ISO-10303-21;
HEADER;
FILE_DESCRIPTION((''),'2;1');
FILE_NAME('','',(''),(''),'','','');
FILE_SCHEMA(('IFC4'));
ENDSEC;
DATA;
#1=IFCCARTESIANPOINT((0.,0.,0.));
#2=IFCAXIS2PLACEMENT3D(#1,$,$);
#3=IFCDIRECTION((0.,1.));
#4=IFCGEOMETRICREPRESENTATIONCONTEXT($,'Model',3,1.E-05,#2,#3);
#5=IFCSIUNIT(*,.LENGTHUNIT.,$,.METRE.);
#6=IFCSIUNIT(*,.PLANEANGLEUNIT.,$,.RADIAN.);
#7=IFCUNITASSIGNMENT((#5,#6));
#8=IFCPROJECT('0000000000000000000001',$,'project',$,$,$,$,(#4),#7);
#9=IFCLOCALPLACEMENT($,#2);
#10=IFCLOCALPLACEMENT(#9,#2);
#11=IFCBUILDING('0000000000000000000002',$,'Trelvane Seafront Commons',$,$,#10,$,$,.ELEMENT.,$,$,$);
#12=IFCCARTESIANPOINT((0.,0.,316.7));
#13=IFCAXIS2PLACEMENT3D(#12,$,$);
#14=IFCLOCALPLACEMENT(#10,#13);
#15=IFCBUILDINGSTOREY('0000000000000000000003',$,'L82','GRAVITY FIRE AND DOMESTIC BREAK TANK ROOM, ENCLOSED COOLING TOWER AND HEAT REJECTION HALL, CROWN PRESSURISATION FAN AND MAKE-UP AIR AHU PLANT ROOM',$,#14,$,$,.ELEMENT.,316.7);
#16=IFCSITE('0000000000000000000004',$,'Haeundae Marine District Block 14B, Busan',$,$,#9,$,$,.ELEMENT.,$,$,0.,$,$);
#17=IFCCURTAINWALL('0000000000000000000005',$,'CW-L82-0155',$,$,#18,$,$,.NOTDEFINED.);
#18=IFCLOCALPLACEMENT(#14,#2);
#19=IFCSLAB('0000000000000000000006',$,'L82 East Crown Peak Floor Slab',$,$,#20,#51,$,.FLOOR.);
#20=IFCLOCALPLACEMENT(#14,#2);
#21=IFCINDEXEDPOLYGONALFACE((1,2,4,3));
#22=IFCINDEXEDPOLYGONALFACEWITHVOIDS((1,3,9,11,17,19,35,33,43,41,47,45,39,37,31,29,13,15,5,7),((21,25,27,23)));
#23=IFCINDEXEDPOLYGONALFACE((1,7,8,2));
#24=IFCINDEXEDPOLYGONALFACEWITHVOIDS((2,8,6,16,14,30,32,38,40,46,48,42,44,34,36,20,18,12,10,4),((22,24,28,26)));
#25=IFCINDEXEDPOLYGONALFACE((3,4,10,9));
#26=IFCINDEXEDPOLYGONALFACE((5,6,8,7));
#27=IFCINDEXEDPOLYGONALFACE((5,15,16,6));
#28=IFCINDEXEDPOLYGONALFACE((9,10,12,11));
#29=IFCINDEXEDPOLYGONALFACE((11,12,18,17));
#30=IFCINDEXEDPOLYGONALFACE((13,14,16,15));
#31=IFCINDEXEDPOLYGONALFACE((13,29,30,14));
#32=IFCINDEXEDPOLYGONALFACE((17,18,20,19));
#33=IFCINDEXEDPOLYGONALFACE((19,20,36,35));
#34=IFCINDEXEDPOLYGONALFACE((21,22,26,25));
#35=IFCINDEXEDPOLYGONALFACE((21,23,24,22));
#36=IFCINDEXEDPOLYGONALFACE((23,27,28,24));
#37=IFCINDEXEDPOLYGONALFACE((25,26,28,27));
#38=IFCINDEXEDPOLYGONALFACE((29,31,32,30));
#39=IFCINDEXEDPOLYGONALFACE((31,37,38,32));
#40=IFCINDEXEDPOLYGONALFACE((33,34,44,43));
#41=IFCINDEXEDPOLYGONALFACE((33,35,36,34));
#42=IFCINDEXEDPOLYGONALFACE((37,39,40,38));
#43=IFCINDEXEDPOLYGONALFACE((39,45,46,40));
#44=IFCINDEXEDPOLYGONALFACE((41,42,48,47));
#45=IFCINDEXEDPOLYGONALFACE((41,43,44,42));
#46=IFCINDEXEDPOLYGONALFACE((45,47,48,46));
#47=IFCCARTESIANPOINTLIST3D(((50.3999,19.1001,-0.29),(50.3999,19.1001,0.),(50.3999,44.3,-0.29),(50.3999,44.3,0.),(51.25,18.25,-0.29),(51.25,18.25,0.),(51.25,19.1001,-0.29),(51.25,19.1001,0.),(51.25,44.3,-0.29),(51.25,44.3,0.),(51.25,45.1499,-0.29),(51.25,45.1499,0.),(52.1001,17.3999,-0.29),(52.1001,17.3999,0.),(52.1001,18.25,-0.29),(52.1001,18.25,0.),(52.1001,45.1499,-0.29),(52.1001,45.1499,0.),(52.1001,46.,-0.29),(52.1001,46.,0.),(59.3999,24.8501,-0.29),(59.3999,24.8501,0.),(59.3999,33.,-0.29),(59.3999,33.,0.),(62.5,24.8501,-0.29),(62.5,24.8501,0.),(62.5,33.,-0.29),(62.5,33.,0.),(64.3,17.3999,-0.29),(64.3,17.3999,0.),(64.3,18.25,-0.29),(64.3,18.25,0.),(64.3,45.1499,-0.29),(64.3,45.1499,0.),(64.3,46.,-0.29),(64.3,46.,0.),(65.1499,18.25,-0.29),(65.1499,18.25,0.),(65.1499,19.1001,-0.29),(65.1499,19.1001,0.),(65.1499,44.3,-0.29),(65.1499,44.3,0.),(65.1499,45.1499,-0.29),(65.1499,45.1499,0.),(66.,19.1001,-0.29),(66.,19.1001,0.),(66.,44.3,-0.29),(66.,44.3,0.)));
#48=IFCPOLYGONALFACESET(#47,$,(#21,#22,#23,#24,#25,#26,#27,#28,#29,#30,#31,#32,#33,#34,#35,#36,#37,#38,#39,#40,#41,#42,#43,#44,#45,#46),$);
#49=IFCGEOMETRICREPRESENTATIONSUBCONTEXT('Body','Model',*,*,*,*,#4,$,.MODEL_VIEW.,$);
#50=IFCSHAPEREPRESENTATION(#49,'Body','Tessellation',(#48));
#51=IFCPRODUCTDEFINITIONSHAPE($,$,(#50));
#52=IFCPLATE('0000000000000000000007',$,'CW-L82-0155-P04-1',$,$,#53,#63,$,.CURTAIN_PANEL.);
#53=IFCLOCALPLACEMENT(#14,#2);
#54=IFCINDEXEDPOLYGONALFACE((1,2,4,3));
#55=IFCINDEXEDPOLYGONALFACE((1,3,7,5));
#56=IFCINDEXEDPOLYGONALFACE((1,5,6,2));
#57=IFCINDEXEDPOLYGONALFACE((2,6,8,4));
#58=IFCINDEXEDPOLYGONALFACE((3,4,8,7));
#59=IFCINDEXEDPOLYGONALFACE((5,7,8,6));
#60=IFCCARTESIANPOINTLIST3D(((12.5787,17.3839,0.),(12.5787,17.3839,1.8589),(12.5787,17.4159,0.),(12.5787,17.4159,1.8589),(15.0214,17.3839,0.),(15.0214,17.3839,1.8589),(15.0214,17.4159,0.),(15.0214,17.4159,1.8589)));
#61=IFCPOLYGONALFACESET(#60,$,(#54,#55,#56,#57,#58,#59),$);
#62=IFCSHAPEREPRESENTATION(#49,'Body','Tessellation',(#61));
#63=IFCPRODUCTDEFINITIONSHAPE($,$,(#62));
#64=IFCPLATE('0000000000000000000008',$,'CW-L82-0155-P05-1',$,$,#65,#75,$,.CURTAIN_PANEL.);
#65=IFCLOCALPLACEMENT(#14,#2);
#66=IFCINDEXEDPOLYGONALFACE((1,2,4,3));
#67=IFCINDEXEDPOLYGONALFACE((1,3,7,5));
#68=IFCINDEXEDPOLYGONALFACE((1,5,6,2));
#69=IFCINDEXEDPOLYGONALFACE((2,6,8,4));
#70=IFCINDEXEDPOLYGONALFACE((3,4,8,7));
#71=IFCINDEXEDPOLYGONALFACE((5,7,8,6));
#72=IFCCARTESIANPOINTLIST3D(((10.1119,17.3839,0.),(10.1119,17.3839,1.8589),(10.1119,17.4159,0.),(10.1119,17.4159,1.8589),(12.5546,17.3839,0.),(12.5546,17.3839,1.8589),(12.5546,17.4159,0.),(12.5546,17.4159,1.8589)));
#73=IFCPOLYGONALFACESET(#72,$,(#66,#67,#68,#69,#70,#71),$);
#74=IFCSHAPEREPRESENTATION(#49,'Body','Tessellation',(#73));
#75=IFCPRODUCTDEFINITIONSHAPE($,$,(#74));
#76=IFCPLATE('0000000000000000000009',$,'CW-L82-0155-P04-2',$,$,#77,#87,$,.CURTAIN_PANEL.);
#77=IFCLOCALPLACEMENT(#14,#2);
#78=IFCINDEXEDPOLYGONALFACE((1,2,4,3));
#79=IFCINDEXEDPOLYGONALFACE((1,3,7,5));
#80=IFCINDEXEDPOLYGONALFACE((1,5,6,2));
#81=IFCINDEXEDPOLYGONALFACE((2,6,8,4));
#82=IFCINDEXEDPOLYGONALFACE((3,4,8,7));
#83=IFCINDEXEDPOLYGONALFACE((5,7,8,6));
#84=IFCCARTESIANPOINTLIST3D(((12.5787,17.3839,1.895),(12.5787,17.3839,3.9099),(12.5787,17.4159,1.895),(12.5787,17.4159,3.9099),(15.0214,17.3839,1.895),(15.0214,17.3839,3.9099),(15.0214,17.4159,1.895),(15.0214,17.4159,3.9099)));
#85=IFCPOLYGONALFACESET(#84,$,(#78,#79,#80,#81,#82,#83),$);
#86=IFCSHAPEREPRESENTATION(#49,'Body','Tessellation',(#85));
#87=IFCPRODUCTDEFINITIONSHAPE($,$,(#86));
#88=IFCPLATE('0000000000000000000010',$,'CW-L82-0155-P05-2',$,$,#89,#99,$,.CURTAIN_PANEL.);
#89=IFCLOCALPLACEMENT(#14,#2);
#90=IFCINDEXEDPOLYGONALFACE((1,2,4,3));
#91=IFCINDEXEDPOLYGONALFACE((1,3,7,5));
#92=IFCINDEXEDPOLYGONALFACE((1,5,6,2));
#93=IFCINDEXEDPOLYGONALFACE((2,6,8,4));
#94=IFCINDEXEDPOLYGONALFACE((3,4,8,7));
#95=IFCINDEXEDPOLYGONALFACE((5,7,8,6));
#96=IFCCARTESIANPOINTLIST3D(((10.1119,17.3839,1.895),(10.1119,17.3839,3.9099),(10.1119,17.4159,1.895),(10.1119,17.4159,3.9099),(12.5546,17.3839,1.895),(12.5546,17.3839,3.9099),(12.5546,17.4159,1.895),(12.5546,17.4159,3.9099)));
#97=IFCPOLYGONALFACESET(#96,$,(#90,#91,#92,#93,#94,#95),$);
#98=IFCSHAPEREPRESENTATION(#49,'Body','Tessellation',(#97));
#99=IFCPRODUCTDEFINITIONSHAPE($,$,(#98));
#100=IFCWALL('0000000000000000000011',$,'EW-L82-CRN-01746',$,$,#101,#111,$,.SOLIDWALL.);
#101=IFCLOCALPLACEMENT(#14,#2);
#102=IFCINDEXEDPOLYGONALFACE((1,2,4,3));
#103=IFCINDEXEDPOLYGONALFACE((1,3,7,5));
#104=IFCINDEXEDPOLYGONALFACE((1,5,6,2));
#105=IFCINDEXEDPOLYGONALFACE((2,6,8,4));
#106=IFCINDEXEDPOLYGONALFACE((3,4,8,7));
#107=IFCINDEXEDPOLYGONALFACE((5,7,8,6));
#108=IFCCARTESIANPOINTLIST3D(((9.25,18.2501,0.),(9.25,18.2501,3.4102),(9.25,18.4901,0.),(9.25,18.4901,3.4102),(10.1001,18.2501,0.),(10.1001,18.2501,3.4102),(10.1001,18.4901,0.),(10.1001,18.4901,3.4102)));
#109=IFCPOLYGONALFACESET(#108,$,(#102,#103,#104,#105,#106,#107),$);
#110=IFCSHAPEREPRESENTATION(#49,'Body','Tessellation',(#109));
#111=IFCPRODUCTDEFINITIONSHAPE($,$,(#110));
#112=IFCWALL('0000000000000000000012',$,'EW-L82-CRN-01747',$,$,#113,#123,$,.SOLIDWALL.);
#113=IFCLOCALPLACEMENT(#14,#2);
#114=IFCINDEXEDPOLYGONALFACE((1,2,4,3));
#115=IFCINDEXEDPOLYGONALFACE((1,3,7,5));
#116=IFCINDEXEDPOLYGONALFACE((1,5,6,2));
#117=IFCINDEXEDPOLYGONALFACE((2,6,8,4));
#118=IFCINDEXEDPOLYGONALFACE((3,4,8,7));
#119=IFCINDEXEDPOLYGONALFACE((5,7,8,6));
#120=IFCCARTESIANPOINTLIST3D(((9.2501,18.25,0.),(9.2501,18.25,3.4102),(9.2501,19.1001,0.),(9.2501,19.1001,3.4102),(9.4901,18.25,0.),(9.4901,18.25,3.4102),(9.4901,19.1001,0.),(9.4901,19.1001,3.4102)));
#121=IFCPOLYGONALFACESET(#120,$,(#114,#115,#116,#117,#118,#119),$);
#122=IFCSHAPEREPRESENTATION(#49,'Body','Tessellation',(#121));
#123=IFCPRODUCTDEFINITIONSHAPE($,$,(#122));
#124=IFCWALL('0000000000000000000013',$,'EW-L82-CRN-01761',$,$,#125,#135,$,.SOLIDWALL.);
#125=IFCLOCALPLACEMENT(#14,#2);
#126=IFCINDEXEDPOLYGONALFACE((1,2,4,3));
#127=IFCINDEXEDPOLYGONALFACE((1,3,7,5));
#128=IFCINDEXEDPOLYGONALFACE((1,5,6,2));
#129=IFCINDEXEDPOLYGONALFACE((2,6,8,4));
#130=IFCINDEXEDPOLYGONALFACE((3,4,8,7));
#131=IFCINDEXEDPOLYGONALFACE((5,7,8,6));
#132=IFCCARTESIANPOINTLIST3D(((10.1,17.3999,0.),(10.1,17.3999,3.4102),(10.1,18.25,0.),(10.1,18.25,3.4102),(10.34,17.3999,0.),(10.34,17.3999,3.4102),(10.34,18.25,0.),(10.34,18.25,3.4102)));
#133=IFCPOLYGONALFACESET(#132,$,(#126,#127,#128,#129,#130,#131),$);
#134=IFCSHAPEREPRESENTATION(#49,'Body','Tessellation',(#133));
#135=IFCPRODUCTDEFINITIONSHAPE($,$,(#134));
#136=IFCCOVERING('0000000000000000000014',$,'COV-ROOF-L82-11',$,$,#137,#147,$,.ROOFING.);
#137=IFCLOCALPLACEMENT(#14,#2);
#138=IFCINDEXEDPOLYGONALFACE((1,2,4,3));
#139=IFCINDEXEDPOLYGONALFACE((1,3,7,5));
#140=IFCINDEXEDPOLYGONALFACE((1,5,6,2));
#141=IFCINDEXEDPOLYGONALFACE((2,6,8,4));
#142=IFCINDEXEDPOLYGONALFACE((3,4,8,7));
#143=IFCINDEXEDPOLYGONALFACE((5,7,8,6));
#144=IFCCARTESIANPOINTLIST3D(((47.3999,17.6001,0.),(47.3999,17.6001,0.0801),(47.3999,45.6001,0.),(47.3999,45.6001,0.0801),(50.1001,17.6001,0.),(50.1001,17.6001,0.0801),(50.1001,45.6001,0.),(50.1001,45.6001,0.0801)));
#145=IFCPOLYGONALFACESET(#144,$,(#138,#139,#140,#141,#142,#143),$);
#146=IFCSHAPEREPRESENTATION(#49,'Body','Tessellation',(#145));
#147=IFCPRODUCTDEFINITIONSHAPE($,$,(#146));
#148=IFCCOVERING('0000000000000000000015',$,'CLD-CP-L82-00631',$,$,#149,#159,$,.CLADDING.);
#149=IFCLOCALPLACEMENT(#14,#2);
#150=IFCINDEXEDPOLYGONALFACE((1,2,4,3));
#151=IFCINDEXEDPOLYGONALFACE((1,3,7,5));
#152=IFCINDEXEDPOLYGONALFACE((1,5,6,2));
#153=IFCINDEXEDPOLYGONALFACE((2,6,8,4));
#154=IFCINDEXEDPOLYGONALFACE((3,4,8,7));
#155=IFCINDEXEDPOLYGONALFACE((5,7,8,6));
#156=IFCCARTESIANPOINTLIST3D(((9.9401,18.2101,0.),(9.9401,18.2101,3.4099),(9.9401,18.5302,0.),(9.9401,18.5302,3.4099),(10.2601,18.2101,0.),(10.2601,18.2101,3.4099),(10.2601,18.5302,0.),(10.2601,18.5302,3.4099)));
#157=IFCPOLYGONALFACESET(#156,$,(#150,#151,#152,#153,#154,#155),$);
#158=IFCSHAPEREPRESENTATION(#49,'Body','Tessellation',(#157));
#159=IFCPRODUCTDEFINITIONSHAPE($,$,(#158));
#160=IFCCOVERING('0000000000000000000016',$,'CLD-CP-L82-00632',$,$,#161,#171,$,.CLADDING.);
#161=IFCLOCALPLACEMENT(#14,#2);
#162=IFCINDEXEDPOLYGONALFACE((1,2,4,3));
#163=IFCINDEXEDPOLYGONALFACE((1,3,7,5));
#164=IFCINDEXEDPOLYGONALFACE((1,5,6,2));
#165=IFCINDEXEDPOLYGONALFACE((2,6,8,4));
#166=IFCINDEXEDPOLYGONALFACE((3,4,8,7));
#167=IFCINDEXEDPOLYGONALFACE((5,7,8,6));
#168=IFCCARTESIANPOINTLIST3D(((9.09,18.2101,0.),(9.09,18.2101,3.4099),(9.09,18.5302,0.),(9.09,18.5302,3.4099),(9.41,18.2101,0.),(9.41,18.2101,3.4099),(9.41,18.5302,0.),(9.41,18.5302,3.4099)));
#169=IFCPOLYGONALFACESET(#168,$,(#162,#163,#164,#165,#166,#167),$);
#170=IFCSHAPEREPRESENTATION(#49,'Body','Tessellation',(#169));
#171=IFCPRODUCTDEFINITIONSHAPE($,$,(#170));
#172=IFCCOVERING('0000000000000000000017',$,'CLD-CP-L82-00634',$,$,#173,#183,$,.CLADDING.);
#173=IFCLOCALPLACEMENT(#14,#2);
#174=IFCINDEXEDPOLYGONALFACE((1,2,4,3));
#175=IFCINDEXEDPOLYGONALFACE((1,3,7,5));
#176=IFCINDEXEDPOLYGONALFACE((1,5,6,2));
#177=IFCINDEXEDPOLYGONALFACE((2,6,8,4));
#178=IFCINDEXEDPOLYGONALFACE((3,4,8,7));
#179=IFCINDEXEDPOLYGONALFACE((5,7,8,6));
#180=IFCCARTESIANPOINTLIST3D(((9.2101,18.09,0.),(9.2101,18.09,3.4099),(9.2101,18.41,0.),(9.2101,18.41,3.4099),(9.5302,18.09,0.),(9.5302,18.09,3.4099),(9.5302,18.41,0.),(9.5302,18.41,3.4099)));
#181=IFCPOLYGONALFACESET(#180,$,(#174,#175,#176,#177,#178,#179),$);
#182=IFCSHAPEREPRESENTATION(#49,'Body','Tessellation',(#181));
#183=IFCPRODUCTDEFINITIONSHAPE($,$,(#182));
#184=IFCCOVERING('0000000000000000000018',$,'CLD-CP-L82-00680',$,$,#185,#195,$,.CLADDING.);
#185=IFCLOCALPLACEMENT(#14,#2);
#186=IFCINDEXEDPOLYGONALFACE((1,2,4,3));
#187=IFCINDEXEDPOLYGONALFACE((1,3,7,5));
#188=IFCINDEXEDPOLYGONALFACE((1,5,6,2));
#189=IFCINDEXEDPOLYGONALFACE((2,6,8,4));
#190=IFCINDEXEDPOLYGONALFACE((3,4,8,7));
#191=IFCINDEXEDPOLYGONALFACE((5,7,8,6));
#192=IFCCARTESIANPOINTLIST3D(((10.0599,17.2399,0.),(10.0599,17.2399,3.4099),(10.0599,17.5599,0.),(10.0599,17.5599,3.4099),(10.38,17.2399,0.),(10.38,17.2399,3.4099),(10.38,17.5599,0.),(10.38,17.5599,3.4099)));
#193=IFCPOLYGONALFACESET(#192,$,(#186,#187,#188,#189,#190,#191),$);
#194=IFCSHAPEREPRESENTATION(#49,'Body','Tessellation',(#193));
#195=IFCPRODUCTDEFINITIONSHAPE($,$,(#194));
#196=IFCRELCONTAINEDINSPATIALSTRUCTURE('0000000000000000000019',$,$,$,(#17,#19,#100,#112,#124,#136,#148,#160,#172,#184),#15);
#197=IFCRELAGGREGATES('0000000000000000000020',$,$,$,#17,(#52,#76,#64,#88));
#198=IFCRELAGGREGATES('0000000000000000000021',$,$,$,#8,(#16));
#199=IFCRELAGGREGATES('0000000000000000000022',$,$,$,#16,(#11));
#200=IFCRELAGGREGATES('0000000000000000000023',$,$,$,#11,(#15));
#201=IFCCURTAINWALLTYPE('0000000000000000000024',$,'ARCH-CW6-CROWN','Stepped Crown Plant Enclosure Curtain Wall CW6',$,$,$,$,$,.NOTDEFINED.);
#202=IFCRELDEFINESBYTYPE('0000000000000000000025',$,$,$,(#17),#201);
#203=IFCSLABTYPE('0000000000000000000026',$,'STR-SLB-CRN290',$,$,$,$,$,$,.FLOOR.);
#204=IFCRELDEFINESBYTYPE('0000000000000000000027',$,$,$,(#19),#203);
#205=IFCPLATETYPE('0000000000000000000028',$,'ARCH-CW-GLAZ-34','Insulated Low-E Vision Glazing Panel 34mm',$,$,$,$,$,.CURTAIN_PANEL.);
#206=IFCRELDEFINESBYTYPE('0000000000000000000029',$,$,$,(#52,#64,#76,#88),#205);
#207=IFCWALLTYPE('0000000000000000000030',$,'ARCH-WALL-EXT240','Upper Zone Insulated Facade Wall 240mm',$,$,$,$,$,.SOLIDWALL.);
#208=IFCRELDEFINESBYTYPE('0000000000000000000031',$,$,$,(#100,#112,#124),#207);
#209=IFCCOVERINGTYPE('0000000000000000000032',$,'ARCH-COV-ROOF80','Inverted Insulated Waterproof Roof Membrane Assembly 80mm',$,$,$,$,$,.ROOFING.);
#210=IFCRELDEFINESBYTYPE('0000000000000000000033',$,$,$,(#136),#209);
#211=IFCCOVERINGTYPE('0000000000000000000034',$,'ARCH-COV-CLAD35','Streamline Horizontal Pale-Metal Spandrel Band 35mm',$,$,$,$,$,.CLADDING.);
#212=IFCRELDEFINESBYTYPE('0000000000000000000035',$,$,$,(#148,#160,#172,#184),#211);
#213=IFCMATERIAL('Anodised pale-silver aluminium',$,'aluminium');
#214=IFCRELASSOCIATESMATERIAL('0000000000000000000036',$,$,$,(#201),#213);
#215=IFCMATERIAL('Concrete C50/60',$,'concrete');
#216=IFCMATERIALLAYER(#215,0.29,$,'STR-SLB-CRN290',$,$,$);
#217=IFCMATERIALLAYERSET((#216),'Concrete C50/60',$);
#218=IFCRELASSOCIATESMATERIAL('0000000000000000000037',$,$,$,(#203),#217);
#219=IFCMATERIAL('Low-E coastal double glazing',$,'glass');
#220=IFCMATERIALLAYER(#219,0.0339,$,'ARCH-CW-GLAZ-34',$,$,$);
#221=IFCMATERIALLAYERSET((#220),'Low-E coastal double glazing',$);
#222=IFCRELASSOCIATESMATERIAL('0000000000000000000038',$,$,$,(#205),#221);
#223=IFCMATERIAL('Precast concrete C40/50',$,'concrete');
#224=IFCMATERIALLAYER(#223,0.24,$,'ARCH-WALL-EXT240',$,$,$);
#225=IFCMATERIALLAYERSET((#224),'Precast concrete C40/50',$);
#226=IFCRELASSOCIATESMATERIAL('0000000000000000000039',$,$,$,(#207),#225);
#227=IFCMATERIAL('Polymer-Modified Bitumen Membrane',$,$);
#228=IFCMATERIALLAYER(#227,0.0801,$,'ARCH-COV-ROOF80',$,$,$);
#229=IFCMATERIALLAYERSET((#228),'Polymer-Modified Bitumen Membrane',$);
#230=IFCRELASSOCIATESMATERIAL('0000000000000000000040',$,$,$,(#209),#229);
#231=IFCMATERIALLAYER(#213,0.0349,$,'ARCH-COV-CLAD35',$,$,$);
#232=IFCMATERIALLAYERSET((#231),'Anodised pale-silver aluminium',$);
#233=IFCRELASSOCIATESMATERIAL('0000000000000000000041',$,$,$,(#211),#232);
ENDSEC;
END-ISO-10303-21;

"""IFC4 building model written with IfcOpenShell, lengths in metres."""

from ifc_helpers import new_model, si_unit, direction, frame, frame_2d, origin, origin_2d, place, context, subcontext, project, spatial, polyline, rectangle, outline, extrude, source, transform, mapped, material, layer, layer_set, type_object, element, aggregate, save


model = new_model("IFC4")

# Units and contexts
model_context = context("Model", 3, precision=1e-05, world=origin(), true_north=direction((0.0, 1.0)))
body_context = subcontext(model_context, "Body", "Model", "MODEL_VIEW")
ifc_project = project(units=[si_unit("LENGTHUNIT", "METRE"), si_unit("PLANEANGLEUNIT", "RADIAN")], contexts=[model_context])

# Site, building, storey
site_placement = place(None, origin())
site = spatial("IfcSite", under=ifc_project, at=site_placement, Name="Haeundae Marine District Block 14B, Busan", CompositionType="ELEMENT", RefElevation=0.0)
building_placement = place(site_placement, origin())
building = spatial("IfcBuilding", under=site, at=building_placement, Name="Trelvane Seafront Commons", CompositionType="ELEMENT")
storey_placement = place(building_placement, frame((0.0, 0.0, 316.7)))
storey = spatial("IfcBuildingStorey", under=building, at=storey_placement, Name="L82", Description="GRAVITY FIRE AND DOMESTIC BREAK TANK ROOM, ENCLOSED COOLING TOWER AND HEAT REJECTION HALL, CROWN PRESSURISATION FAN AND MAKE-UP AIR AHU PLANT ROOM", CompositionType="ELEMENT", Elevation=316.7)

# Curtain wall
ifc_material_1 = material(Name="Anodised pale-silver aluminium", Category="aluminium")
curtain_wall_type = type_object("IfcCurtainWallType", Name="ARCH-CW6-CROWN", Description="Stepped Crown Plant Enclosure Curtain Wall CW6", PredefinedType="NOTDEFINED", material=ifc_material_1)
curtain_wall_placement = place(storey_placement, origin())
curtain_wall = element("IfcCurtainWall", 1, at=curtain_wall_placement, inside=storey, type_object=curtain_wall_type, Name="CW-L82-0155", PredefinedType="NOTDEFINED")

# Slab
ifc_material_2 = material(Name="Concrete C50/60", Category="concrete")
ifc_layer_1 = layer(ifc_material_2, 0.29, Name="STR-SLB-CRN290")
ifc_layer_set_1 = layer_set([ifc_layer_1], Name="Concrete C50/60")
slab_type_1 = type_object("IfcSlabType", Name="STR-SLB-CRN290", PredefinedType="FLOOR", material=ifc_layer_set_1)
slab_1_placement = place(storey_placement, frame((0.0, 0.0, -0.29)))
element("IfcSlab", 2, at=slab_1_placement, inside=storey, type_object=slab_type_1, Name="L82 East Crown Peak Floor Slab", PredefinedType="FLOOR", context=body_context, shape_type="SweptSolid", body=[
    extrude(outline(polyline([(52.1001, 17.3999), (64.3, 17.3999), (64.3, 18.25), (65.1499, 18.25), (65.1499, 19.1001), (66.0, 19.1001), (66.0, 44.3), (65.1499, 44.3), (65.1499, 45.1499), (64.3, 45.1499), (64.3, 46.0), (52.1001, 46.0), (52.1001, 45.1499), (51.25, 45.1499), (51.25, 44.3), (50.3999, 44.3), (50.3999, 19.1001), (51.25, 19.1001), (51.25, 18.25), (52.1001, 18.25), (52.1001, 17.3999)]), holes=[polyline([(62.5, 33.0), (62.5, 24.8501), (59.3999, 24.8501), (59.3999, 33.0), (62.5, 33.0)])]), origin(), (0.0, 0.0, 1.0), 0.29),
])

# Plates
ifc_material_3 = material(Name="Low-E coastal double glazing", Category="glass")
ifc_layer_2 = layer(ifc_material_3, 0.0339, Name="ARCH-CW-GLAZ-34")
ifc_layer_set_2 = layer_set([ifc_layer_2], Name="Low-E coastal double glazing")
plate_type = type_object("IfcPlateType", Name="ARCH-CW-GLAZ-34", Description="Insulated Low-E Vision Glazing Panel 34mm", PredefinedType="CURTAIN_PANEL", material=ifc_layer_set_2)
shared_shape_1 = source(origin(), body_context, "Body", "SweptSolid", [
    extrude(rectangle(XDim=2.4426, YDim=0.032, at=origin_2d()), origin(), (0.0, 0.0, 1.0), 1.8589),
])
plate_1_placement = place(storey_placement, frame((13.8, 17.3999, 0.0), z_axis=(0.0, 0.0, 1.0), x_axis=(-1.0, 0.0, 0.0)))
plate_1 = element("IfcPlate", 3, at=plate_1_placement, type_object=plate_type, Name="CW-L82-0155-P04-1", PredefinedType="CURTAIN_PANEL", context=body_context, shape_type="MappedRepresentation", body=[
    mapped(shared_shape_1, transform((0.0, 0.0, 0.0), x_axis=(1.0, 0.0, 0.0), y_axis=(0.0, 1.0, 0.0), z_axis=(0.0, 0.0, 1.0), scale=1.0)),
])
plate_2_placement = place(storey_placement, frame((11.3333, 17.3999, 0.0), z_axis=(0.0, 0.0, 1.0), x_axis=(-1.0, 0.0, 0.0)))
plate_2 = element("IfcPlate", 4, at=plate_2_placement, type_object=plate_type, Name="CW-L82-0155-P05-1", PredefinedType="CURTAIN_PANEL", context=body_context, shape_type="MappedRepresentation", body=[
    mapped(shared_shape_1, transform((0.0, 0.0, 0.0), x_axis=(1.0, 0.0, 0.0), y_axis=(0.0, 1.0, 0.0), z_axis=(0.0, 0.0, 1.0), scale=1.0)),
])
shared_shape_2 = source(origin(), body_context, "Body", "SweptSolid", [
    extrude(rectangle(XDim=2.4426, YDim=0.032, at=origin_2d()), origin(), (0.0, 0.0, 1.0), 2.0149),
])
plate_3_placement = place(storey_placement, frame((13.8, 17.3999, 1.895), z_axis=(0.0, 0.0, 1.0), x_axis=(-1.0, 0.0, 0.0)))
plate_3 = element("IfcPlate", 5, at=plate_3_placement, type_object=plate_type, Name="CW-L82-0155-P04-2", PredefinedType="CURTAIN_PANEL", context=body_context, shape_type="MappedRepresentation", body=[
    mapped(shared_shape_2, transform((0.0, 0.0, 0.0), x_axis=(1.0, 0.0, 0.0), y_axis=(0.0, 1.0, 0.0), z_axis=(0.0, 0.0, 1.0), scale=1.0)),
])
plate_4_placement = place(storey_placement, frame((11.3333, 17.3999, 1.895), z_axis=(0.0, 0.0, 1.0), x_axis=(-1.0, 0.0, 0.0)))
plate_4 = element("IfcPlate", 6, at=plate_4_placement, type_object=plate_type, Name="CW-L82-0155-P05-2", PredefinedType="CURTAIN_PANEL", context=body_context, shape_type="MappedRepresentation", body=[
    mapped(shared_shape_2, transform((0.0, 0.0, 0.0), x_axis=(1.0, 0.0, 0.0), y_axis=(0.0, 1.0, 0.0), z_axis=(0.0, 0.0, 1.0), scale=1.0)),
])
aggregate(curtain_wall, [plate_1, plate_3, plate_2, plate_4])

# Walls
ifc_material_4 = material(Name="Precast concrete C40/50", Category="concrete")
ifc_layer_3 = layer(ifc_material_4, 0.24, Name="ARCH-WALL-EXT240")
ifc_layer_set_3 = layer_set([ifc_layer_3], Name="Precast concrete C40/50")
wall_type = type_object("IfcWallType", Name="ARCH-WALL-EXT240", Description="Upper Zone Insulated Facade Wall 240mm", PredefinedType="SOLIDWALL", material=ifc_layer_set_3)
for number, where, z_axis, x_axis, name in (
    (7, (10.1001, 18.3701, 0.0), (0.0, 0.0, 1.0), (-1.0, 0.0, 0.0), "EW-L82-CRN-01746"),
    (8, (9.3701, 18.25, 0.0), (0.0, 0.0, 1.0), (0.0, 1.0, 0.0), "EW-L82-CRN-01747"),
    (9, (10.22, 17.3999, 0.0), (0.0, 0.0, 1.0), (0.0, 1.0, 0.0), "EW-L82-CRN-01761"),
):
    element("IfcWall", number, at=place(storey_placement, frame(where, z_axis=z_axis, x_axis=x_axis)), inside=storey, type_object=wall_type, Name=name, PredefinedType="SOLIDWALL", context=body_context, shape_type="SweptSolid", body=[
        extrude(rectangle(XDim=0.8501, YDim=0.24, at=frame_2d((0.425, 0.0))), origin(), (0.0, 0.0, 1.0), 3.4102),
    ])

# Coverings
ifc_material_5 = material(Name="Polymer-Modified Bitumen Membrane")
ifc_layer_4 = layer(ifc_material_5, 0.0801, Name="ARCH-COV-ROOF80")
ifc_layer_set_4 = layer_set([ifc_layer_4], Name="Polymer-Modified Bitumen Membrane")
covering_type_1 = type_object("IfcCoveringType", Name="ARCH-COV-ROOF80", Description="Inverted Insulated Waterproof Roof Membrane Assembly 80mm", PredefinedType="ROOFING", material=ifc_layer_set_4)
covering_placement = place(storey_placement, origin())
element("IfcCovering", 10, at=covering_placement, inside=storey, type_object=covering_type_1, Name="COV-ROOF-L82-11", PredefinedType="ROOFING", context=body_context, shape_type="SweptSolid", body=[
    extrude(outline(polyline([(47.3999, 17.6001), (50.1001, 17.6001), (50.1001, 45.6001), (47.3999, 45.6001), (47.3999, 17.6001)])), origin(), (0.0, 0.0, 1.0), 0.0801),
])
ifc_layer_5 = layer(ifc_material_1, 0.0349, Name="ARCH-COV-CLAD35")
ifc_layer_set_5 = layer_set([ifc_layer_5], Name="Anodised pale-silver aluminium")
covering_type_2 = type_object("IfcCoveringType", Name="ARCH-COV-CLAD35", Description="Streamline Horizontal Pale-Metal Spandrel Band 35mm", PredefinedType="CLADDING", material=ifc_layer_set_5)
shared_shape_3 = source(origin(), body_context, "Body", "SweptSolid", [
    extrude(rectangle(XDim=0.3201, YDim=0.3201, at=origin_2d()), origin(), (0.0, 0.0, 1.0), 3.4099),
])
for number, where, z_axis, x_axis, name in (
    (11, (10.1001, 18.3701, 0.0), (0.0, 0.0, 1.0), (1.0, 0.0, 0.0), "CLD-CP-L82-00631"),
    (12, (9.25, 18.3701, 0.0), (0.0, 0.0, 1.0), (1.0, 0.0, 0.0), "CLD-CP-L82-00632"),
    (13, (9.3701, 18.25, 0.0), (0.0, 0.0, 1.0), (1.0, 0.0, 0.0), "CLD-CP-L82-00634"),
    (14, (10.22, 17.3999, 0.0), (0.0, 0.0, 1.0), (1.0, 0.0, 0.0), "CLD-CP-L82-00680"),
):
    element("IfcCovering", number, at=place(storey_placement, frame(where, z_axis=z_axis, x_axis=x_axis)), inside=storey, type_object=covering_type_2, Name=name, PredefinedType="CLADDING", context=body_context, shape_type="MappedRepresentation", body=[
        mapped(shared_shape_3, transform((0.0, 0.0, 0.0), x_axis=(1.0, 0.0, 0.0), y_axis=(0.0, 1.0, 0.0), z_axis=(0.0, 0.0, 1.0), scale=1.0)),
    ])

save(model, "model.ifc")
